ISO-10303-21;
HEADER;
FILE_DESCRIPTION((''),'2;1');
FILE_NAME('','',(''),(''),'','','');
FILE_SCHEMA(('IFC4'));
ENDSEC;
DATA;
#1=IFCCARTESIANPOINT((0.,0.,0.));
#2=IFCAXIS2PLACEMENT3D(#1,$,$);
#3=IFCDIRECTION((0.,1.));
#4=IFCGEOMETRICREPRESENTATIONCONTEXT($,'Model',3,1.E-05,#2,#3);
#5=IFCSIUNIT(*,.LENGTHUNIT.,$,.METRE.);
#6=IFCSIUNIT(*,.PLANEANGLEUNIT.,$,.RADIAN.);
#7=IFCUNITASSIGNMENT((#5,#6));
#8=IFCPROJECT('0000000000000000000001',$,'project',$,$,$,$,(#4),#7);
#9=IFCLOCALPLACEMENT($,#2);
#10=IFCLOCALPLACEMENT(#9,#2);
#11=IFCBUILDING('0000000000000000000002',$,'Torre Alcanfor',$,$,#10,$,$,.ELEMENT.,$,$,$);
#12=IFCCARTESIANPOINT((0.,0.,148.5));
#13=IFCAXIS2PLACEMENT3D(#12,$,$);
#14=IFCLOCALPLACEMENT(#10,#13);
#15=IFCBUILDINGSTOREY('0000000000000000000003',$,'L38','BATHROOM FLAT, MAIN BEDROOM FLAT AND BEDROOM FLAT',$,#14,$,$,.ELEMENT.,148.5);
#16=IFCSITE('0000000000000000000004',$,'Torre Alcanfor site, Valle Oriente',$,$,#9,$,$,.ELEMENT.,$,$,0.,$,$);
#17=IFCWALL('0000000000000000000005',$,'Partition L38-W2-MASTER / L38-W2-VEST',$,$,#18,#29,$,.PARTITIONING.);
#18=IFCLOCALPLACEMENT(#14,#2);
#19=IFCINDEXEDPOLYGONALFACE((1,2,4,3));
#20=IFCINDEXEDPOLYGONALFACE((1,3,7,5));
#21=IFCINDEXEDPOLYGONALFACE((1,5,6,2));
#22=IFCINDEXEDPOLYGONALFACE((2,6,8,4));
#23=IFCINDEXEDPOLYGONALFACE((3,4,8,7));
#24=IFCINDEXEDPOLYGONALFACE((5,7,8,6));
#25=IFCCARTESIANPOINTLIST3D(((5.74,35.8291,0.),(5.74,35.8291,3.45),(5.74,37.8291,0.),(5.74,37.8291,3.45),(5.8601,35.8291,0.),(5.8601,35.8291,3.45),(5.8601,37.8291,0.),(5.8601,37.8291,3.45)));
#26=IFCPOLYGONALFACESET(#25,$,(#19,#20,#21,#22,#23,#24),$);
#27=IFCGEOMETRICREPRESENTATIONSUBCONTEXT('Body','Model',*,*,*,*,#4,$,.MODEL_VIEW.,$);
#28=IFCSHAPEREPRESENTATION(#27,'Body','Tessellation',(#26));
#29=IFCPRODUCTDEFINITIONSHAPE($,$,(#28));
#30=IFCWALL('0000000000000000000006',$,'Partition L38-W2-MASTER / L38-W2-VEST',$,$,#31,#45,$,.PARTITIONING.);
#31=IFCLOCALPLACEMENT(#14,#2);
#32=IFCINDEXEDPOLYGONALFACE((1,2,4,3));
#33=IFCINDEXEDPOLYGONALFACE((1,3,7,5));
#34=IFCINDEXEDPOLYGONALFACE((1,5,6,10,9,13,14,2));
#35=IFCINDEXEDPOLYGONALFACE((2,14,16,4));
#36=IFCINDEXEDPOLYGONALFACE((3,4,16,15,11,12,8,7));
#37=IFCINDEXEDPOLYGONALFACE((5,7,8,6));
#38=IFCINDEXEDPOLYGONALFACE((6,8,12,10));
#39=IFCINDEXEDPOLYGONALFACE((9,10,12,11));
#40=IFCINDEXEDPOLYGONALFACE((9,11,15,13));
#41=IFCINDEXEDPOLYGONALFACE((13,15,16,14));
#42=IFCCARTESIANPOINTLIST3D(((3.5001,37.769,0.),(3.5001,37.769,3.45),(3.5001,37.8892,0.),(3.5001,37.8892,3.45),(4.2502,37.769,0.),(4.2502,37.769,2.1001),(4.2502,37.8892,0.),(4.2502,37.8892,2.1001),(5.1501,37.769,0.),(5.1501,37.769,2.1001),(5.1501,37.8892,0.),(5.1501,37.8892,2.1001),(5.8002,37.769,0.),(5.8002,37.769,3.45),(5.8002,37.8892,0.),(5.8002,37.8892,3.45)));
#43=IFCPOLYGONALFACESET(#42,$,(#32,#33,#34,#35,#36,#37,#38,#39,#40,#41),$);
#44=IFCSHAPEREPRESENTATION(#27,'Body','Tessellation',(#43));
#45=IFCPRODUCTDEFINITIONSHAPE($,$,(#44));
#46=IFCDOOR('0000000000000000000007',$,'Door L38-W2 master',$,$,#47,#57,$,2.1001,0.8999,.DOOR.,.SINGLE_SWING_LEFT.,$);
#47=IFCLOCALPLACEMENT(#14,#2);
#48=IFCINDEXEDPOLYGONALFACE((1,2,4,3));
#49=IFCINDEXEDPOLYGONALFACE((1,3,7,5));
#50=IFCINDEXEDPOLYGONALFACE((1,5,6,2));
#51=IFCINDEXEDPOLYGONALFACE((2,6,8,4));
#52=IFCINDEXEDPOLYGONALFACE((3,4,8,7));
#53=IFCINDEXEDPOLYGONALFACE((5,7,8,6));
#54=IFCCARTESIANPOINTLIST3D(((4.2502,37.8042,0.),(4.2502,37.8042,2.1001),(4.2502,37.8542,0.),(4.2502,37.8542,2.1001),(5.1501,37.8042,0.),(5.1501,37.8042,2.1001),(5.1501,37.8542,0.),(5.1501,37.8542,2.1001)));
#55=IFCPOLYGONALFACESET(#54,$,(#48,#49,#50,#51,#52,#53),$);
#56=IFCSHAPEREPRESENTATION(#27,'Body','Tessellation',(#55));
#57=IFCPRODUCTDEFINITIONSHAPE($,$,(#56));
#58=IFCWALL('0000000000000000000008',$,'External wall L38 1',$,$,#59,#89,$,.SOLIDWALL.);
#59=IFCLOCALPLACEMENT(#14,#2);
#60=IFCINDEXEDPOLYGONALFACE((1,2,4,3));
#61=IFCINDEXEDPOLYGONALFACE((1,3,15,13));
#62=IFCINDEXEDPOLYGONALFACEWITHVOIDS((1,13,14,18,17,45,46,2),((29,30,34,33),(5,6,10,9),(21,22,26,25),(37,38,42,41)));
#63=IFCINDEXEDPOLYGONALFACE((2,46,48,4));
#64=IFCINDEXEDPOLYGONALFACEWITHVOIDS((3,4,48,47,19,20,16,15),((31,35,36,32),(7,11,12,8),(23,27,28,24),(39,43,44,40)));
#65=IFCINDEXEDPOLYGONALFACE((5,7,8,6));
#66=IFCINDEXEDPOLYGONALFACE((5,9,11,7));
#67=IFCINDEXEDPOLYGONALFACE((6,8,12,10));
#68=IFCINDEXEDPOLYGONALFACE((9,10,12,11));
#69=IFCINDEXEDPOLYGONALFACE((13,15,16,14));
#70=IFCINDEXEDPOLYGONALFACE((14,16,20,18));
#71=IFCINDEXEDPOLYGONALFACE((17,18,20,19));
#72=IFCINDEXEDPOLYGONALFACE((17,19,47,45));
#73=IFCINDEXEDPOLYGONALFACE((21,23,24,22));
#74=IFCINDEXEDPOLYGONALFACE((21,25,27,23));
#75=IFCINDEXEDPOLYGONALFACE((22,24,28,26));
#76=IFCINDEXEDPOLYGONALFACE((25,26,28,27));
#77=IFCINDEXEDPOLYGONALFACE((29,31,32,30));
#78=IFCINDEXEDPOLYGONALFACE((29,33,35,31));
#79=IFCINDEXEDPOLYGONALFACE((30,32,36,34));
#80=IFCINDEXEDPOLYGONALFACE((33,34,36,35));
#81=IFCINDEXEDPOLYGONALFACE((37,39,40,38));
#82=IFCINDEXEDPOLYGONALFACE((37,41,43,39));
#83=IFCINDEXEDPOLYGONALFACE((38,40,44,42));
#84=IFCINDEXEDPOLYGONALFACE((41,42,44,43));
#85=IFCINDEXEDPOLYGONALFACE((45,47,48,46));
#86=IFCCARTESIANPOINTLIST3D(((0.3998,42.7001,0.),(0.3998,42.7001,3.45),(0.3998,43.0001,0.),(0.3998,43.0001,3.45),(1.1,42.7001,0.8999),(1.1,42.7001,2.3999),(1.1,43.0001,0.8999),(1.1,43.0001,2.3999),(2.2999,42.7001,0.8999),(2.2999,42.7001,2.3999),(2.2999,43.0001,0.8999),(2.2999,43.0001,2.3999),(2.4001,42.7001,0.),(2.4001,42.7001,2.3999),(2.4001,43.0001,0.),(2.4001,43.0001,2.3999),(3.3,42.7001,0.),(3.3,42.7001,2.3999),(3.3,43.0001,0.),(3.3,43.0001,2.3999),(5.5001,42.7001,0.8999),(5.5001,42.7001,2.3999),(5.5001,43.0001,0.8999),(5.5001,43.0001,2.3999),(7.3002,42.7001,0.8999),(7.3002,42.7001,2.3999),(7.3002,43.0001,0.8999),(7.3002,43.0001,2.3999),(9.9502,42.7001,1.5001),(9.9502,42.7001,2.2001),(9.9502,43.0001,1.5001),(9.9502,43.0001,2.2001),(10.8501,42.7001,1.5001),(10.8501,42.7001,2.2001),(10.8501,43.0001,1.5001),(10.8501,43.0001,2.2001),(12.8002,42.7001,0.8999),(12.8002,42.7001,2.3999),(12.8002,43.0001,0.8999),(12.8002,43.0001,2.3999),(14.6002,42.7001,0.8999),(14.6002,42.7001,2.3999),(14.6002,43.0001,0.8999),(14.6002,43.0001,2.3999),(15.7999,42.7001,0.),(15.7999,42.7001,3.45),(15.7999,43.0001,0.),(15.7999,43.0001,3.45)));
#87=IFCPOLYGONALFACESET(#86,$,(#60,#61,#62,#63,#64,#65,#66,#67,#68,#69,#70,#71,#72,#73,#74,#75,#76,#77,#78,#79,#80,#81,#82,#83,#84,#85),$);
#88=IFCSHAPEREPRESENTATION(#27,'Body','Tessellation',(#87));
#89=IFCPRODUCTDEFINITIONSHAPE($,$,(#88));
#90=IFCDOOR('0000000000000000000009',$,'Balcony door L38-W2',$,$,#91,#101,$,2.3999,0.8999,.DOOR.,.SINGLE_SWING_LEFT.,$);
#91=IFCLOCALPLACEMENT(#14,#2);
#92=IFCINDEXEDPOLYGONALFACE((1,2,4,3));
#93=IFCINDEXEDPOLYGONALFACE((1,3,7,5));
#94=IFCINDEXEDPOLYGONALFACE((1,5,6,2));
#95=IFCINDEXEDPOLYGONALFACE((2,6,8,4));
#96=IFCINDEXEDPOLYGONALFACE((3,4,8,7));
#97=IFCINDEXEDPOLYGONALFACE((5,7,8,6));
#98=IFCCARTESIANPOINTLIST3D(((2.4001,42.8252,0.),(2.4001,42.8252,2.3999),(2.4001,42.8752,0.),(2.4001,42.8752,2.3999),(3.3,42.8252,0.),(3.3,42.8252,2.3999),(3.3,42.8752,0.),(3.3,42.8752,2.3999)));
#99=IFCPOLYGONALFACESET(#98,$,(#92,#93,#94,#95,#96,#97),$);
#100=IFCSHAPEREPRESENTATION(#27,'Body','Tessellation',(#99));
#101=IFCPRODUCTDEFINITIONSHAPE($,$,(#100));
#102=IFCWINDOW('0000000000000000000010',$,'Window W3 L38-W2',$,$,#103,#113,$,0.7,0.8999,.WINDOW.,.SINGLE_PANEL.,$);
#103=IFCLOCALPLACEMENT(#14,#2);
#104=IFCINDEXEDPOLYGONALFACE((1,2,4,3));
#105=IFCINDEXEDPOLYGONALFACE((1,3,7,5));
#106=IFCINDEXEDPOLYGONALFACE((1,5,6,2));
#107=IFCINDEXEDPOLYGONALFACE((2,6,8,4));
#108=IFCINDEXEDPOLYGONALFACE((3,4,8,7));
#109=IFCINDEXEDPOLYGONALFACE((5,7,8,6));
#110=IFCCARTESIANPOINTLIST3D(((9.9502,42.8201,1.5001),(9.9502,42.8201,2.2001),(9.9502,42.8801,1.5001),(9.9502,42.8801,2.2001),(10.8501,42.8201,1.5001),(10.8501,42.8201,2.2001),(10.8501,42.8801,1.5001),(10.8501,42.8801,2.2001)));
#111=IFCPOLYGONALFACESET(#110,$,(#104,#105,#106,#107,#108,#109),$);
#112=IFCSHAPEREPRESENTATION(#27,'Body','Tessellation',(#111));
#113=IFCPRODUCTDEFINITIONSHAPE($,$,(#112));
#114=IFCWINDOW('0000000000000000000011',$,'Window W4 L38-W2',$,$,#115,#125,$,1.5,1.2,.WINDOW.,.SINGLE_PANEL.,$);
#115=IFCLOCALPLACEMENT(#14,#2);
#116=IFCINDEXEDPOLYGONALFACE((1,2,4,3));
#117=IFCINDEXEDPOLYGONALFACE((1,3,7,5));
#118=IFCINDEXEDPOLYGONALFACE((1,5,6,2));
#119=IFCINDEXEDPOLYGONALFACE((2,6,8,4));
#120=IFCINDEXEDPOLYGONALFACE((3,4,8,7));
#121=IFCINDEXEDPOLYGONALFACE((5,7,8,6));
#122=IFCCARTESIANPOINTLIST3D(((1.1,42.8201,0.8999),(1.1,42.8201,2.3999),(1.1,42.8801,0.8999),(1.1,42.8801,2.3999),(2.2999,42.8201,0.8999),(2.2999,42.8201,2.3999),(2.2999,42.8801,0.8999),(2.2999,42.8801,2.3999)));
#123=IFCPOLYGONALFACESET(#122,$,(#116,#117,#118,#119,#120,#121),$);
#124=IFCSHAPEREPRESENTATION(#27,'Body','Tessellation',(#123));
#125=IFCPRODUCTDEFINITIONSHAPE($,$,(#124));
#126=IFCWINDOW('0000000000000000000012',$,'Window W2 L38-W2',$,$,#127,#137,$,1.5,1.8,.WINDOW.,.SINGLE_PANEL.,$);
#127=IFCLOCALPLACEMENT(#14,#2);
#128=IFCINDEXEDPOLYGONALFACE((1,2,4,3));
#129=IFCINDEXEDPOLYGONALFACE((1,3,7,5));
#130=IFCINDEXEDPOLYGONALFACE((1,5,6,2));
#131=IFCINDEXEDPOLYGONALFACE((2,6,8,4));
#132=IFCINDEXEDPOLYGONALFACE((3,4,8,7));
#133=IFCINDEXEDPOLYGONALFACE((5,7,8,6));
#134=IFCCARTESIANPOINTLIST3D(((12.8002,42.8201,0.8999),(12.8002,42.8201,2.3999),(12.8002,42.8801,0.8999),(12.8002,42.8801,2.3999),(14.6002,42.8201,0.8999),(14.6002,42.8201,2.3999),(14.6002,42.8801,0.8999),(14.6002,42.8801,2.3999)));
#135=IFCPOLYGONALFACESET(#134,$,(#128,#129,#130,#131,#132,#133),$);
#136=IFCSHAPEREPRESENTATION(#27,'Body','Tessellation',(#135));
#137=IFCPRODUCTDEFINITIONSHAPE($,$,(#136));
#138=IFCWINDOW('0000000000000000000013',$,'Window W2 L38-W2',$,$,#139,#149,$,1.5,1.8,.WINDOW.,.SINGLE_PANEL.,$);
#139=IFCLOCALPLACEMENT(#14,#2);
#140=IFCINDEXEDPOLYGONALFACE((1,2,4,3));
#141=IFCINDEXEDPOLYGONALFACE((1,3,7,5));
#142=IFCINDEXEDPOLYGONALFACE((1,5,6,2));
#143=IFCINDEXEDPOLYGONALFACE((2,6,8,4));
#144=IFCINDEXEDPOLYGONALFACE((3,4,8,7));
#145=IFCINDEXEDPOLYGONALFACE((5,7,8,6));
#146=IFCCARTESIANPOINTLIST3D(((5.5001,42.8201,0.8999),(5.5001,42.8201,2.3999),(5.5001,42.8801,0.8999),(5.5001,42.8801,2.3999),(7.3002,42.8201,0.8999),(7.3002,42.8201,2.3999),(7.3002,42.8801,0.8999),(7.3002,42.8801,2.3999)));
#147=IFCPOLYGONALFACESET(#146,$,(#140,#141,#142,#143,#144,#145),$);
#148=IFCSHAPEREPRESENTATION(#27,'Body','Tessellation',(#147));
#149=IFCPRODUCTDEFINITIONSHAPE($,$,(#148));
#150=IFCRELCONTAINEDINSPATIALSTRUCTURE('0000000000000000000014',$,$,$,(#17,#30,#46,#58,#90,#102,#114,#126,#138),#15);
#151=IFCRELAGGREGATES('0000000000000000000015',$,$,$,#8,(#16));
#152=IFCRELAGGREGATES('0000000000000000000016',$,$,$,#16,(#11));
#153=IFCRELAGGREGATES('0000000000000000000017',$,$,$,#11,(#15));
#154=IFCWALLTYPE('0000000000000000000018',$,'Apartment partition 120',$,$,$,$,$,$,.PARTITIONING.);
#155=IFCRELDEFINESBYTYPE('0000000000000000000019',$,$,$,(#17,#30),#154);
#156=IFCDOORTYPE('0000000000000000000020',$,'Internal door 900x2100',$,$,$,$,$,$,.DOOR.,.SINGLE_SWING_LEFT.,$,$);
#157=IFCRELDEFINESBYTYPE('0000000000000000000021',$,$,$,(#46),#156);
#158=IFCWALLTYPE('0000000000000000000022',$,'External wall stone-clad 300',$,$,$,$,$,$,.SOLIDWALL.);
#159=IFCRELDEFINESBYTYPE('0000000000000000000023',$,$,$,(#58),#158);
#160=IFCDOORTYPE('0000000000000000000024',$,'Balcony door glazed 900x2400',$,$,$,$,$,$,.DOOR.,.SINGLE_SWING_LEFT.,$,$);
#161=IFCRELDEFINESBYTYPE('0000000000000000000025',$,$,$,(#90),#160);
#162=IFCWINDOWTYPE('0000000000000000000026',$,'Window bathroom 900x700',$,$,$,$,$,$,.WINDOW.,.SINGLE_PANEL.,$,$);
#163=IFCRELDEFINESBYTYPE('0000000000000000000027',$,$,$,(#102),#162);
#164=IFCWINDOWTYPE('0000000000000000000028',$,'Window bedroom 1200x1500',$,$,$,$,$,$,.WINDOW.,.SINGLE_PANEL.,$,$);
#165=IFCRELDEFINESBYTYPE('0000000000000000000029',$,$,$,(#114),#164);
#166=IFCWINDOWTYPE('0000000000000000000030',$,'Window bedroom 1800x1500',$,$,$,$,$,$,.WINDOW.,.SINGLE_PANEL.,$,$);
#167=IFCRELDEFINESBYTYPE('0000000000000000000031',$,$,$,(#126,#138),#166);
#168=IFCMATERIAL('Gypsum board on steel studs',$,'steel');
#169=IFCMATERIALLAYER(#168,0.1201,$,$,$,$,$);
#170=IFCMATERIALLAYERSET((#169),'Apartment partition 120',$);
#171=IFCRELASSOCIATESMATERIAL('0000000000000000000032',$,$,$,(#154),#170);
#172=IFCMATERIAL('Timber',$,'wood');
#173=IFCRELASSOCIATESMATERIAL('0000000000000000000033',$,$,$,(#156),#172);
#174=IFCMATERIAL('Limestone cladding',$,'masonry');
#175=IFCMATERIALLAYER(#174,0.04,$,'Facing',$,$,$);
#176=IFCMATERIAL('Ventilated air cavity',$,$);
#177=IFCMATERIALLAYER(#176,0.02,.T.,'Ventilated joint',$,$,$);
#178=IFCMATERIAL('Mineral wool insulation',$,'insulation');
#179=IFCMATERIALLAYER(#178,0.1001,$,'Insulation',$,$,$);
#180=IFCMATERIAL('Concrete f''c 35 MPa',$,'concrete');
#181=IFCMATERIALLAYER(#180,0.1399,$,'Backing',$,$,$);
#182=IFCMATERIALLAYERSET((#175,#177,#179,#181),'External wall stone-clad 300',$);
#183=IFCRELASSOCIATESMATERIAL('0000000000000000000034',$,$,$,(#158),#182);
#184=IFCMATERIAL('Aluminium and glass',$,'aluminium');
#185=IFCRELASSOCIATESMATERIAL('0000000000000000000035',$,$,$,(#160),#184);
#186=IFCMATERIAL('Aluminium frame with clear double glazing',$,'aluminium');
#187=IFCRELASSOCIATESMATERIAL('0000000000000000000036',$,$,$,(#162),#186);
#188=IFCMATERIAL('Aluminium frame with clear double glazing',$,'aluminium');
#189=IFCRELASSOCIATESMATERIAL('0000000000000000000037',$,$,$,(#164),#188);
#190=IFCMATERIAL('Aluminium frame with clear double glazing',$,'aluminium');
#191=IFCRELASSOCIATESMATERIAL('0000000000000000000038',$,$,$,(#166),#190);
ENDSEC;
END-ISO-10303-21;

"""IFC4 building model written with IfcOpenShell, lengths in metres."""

from ifc_helpers import new_model, si_unit, direction, frame, frame_2d, origin, place, context, subcontext, project, spatial, rectangle, extrude, material, layer, layer_set, type_object, element, fill, save


model = new_model("IFC4")

# Units and contexts
model_context = context("Model", 3, precision=1e-05, world=origin(), true_north=direction((0.0, 1.0)))
body_context = subcontext(model_context, "Body", "Model", "MODEL_VIEW")
ifc_project = project(units=[si_unit("LENGTHUNIT", "METRE"), si_unit("PLANEANGLEUNIT", "RADIAN")], contexts=[model_context])

# Site, building, storey
site_placement = place(None, origin())
site = spatial("IfcSite", under=ifc_project, at=site_placement, Name="Torre Alcanfor site, Valle Oriente", CompositionType="ELEMENT", RefElevation=0.0)
building_placement = place(site_placement, origin())
building = spatial("IfcBuilding", under=site, at=building_placement, Name="Torre Alcanfor", CompositionType="ELEMENT")
storey_placement = place(building_placement, frame((0.0, 0.0, 148.5)))
storey = spatial("IfcBuildingStorey", under=building, at=storey_placement, Name="L38", Description="BATHROOM FLAT, MAIN BEDROOM FLAT AND BEDROOM FLAT", CompositionType="ELEMENT", Elevation=148.5)

# Shared definitions
ifc_material_1 = material(Name="Gypsum board on steel studs", Category="steel")
ifc_layer_1 = layer(ifc_material_1, 0.1201)
ifc_layer_set_1 = layer_set([ifc_layer_1], Name="Apartment partition 120")
wall_type_1 = type_object("IfcWallType", Name="Apartment partition 120", PredefinedType="PARTITIONING", material=ifc_layer_set_1)
ifc_material_2 = material(Name="Timber", Category="wood")
door_type_1 = type_object("IfcDoorType", Name="Internal door 900x2100", OperationType="SINGLE_SWING_LEFT", PredefinedType="DOOR", material=ifc_material_2)

# Wall
wall_1_placement = place(storey_placement, frame((5.8, 35.8291, 0.0), z_axis=(0.0, 0.0, 1.0), x_axis=(0.0, 1.0, 0.0)))
element("IfcWall", 1, at=wall_1_placement, inside=storey, type_object=wall_type_1, Name="Partition L38-W2-MASTER / L38-W2-VEST", PredefinedType="PARTITIONING", context=body_context, shape_type="SweptSolid", body=[
    extrude(rectangle(XDim=2.0, YDim=0.1201, at=frame_2d((1.0, 0.0))), origin(), (0.0, 0.0, 1.0), 3.45),
])

# Wall, opening, door
wall_2_placement = place(storey_placement, frame((5.8, 37.8291, 0.0), z_axis=(0.0, 0.0, 1.0), x_axis=(-1.0, 0.0, 0.0)))
wall_2 = element("IfcWall", 2, at=wall_2_placement, inside=storey, type_object=wall_type_1, Name="Partition L38-W2-MASTER / L38-W2-VEST", PredefinedType="PARTITIONING", context=body_context, shape_type="SweptSolid", body=[
    extrude(rectangle(XDim=2.3, YDim=0.1201, at=frame_2d((1.1499, 0.0))), origin(), (0.0, 0.0, 1.0), 3.45),
])
opening_1_placement = place(wall_2_placement, frame((0.6499, 0.0, 0.0)))
opening_1 = element("IfcOpeningElement", 3, at=opening_1_placement, cuts=wall_2, PredefinedType="OPENING", context=body_context, shape_type="SweptSolid", body=[
    extrude(rectangle(XDim=0.8999, YDim=2.1001, at=frame_2d((0.45, 1.05))), frame((0.0, 0.0701, 0.0), z_axis=(0.0, -1.0, 0.0), x_axis=(1.0, 0.0, 0.0)), (0.0, 0.0, 1.0), 0.1401),
])
door_1_placement = place(opening_1_placement, origin())
door_1 = element("IfcDoor", 4, at=door_1_placement, inside=storey, type_object=door_type_1, Name="Door L38-W2 master", OperationType="SINGLE_SWING_LEFT", OverallHeight=2.1001, OverallWidth=0.8999, PredefinedType="DOOR", context=body_context, shape_type="SweptSolid", body=[
    extrude(rectangle(XDim=0.8999, YDim=2.1001, at=frame_2d((0.45, 1.05))), frame((0.0, 0.0249, 0.0), z_axis=(0.0, -1.0, 0.0), x_axis=(1.0, 0.0, 0.0)), (0.0, 0.0, 1.0), 0.05),
])
fill(opening_1, door_1)

# Wall, openings, door, windows
ifc_material_3 = material(Name="Limestone cladding", Category="masonry")
ifc_layer_2 = layer(ifc_material_3, 0.04, Name="Facing")
ifc_material_4 = material(Name="Ventilated air cavity")
ifc_layer_3 = layer(ifc_material_4, 0.02, ventilated=True, Name="Ventilated joint")
ifc_material_5 = material(Name="Mineral wool insulation", Category="insulation")
ifc_layer_4 = layer(ifc_material_5, 0.1001, Name="Insulation")
ifc_material_6 = material(Name="Concrete f'c 35 MPa", Category="concrete")
ifc_layer_5 = layer(ifc_material_6, 0.1399, Name="Backing")
ifc_layer_set_2 = layer_set([ifc_layer_2, ifc_layer_3, ifc_layer_4, ifc_layer_5], Name="External wall stone-clad 300")
wall_type_2 = type_object("IfcWallType", Name="External wall stone-clad 300", PredefinedType="SOLIDWALL", material=ifc_layer_set_2)
wall_3_placement = place(storey_placement, frame((15.8, 42.8501, 0.0), z_axis=(0.0, 0.0, 1.0), x_axis=(-1.0, 0.0, 0.0)))
wall_3 = element("IfcWall", 5, at=wall_3_placement, inside=storey, type_object=wall_type_2, Name="External wall L38 1", PredefinedType="SOLIDWALL", context=body_context, shape_type="SweptSolid", body=[
    extrude(rectangle(XDim=15.4001, YDim=0.3, at=frame_2d((7.7002, 0.0))), origin(), (0.0, 0.0, 1.0), 3.45),
])
opening_2_placement = place(wall_3_placement, frame((1.2, 0.0, 0.8999)))
opening_2 = element("IfcOpeningElement", 6, at=opening_2_placement, cuts=wall_3, PredefinedType="OPENING", context=body_context, shape_type="SweptSolid", body=[
    extrude(rectangle(XDim=1.8, YDim=1.5, at=frame_2d((0.8999, 0.75))), frame((0.0, 0.1599, 0.0), z_axis=(0.0, -1.0, 0.0), x_axis=(1.0, 0.0, 0.0)), (0.0, 0.0, 1.0), 0.3201),
])
opening_3_placement = place(wall_3_placement, frame((4.95, 0.0, 1.5)))
opening_3 = element("IfcOpeningElement", 7, at=opening_3_placement, cuts=wall_3, PredefinedType="OPENING", context=body_context, shape_type="SweptSolid", body=[
    extrude(rectangle(XDim=0.8999, YDim=0.7, at=frame_2d((0.45, 0.3501))), frame((0.0, 0.1599, 0.0), z_axis=(0.0, -1.0, 0.0), x_axis=(1.0, 0.0, 0.0)), (0.0, 0.0, 1.0), 0.3201),
])
opening_4_placement = place(wall_3_placement, frame((8.5, 0.0, 0.8999)))
opening_4 = element("IfcOpeningElement", 8, at=opening_4_placement, cuts=wall_3, PredefinedType="OPENING", context=body_context, shape_type="SweptSolid", body=[
    extrude(rectangle(XDim=1.8, YDim=1.5, at=frame_2d((0.8999, 0.75))), frame((0.0, 0.1599, 0.0), z_axis=(0.0, -1.0, 0.0), x_axis=(1.0, 0.0, 0.0)), (0.0, 0.0, 1.0), 0.3201),
])
opening_5_placement = place(wall_3_placement, frame((12.5, 0.0, 0.0)))
opening_5 = element("IfcOpeningElement", 9, at=opening_5_placement, cuts=wall_3, PredefinedType="OPENING", context=body_context, shape_type="SweptSolid", body=[
    extrude(rectangle(XDim=0.8999, YDim=2.3999, at=frame_2d((0.45, 1.2))), frame((0.0, 0.1599, 0.0), z_axis=(0.0, -1.0, 0.0), x_axis=(1.0, 0.0, 0.0)), (0.0, 0.0, 1.0), 0.3201),
])
opening_6_placement = place(wall_3_placement, frame((13.5, 0.0, 0.8999)))
opening_6 = element("IfcOpeningElement", 10, at=opening_6_placement, cuts=wall_3, PredefinedType="OPENING", context=body_context, shape_type="SweptSolid", body=[
    extrude(rectangle(XDim=1.2, YDim=1.5, at=frame_2d((0.6001, 0.75))), frame((0.0, 0.1599, 0.0), z_axis=(0.0, -1.0, 0.0), x_axis=(1.0, 0.0, 0.0)), (0.0, 0.0, 1.0), 0.3201),
])
ifc_material_7 = material(Name="Aluminium and glass", Category="aluminium")
door_type_2 = type_object("IfcDoorType", Name="Balcony door glazed 900x2400", OperationType="SINGLE_SWING_LEFT", PredefinedType="DOOR", material=ifc_material_7)
door_2_placement = place(opening_5_placement, origin())
door_2 = element("IfcDoor", 11, at=door_2_placement, inside=storey, type_object=door_type_2, Name="Balcony door L38-W2", OperationType="SINGLE_SWING_LEFT", OverallHeight=2.3999, OverallWidth=0.8999, PredefinedType="DOOR", context=body_context, shape_type="SweptSolid", body=[
    extrude(rectangle(XDim=0.8999, YDim=2.3999, at=frame_2d((0.45, 1.2))), frame((0.0, 0.0249, 0.0), z_axis=(0.0, -1.0, 0.0), x_axis=(1.0, 0.0, 0.0)), (0.0, 0.0, 1.0), 0.05),
])
fill(opening_5, door_2)
ifc_material_8 = material(Name="Aluminium frame with clear double glazing", Category="aluminium")
window_type_1 = type_object("IfcWindowType", Name="Window bathroom 900x700", PartitioningType="SINGLE_PANEL", PredefinedType="WINDOW", material=ifc_material_8)
window_1_placement = place(opening_3_placement, origin())
window_1 = element("IfcWindow", 12, at=window_1_placement, inside=storey, type_object=window_type_1, Name="Window W3 L38-W2", OverallHeight=0.7, OverallWidth=0.8999, PartitioningType="SINGLE_PANEL", PredefinedType="WINDOW", context=body_context, shape_type="SweptSolid", body=[
    extrude(rectangle(XDim=0.8999, YDim=0.7, at=frame_2d((0.45, 0.3501))), frame((0.0, 0.03, 0.0), z_axis=(0.0, -1.0, 0.0), x_axis=(1.0, 0.0, 0.0)), (0.0, 0.0, 1.0), 0.0601),
])
fill(opening_3, window_1)
ifc_material_9 = material(Name="Aluminium frame with clear double glazing", Category="aluminium")
window_type_2 = type_object("IfcWindowType", Name="Window bedroom 1200x1500", PartitioningType="SINGLE_PANEL", PredefinedType="WINDOW", material=ifc_material_9)
window_2_placement = place(opening_6_placement, origin())
window_2 = element("IfcWindow", 13, at=window_2_placement, inside=storey, type_object=window_type_2, Name="Window W4 L38-W2", OverallHeight=1.5, OverallWidth=1.2, PartitioningType="SINGLE_PANEL", PredefinedType="WINDOW", context=body_context, shape_type="SweptSolid", body=[
    extrude(rectangle(XDim=1.2, YDim=1.5, at=frame_2d((0.6001, 0.75))), frame((0.0, 0.03, 0.0), z_axis=(0.0, -1.0, 0.0), x_axis=(1.0, 0.0, 0.0)), (0.0, 0.0, 1.0), 0.0601),
])
fill(opening_6, window_2)
ifc_material_10 = material(Name="Aluminium frame with clear double glazing", Category="aluminium")
window_type_3 = type_object("IfcWindowType", Name="Window bedroom 1800x1500", PartitioningType="SINGLE_PANEL", PredefinedType="WINDOW", material=ifc_material_10)
window_3_placement = place(opening_2_placement, origin())
window_3 = element("IfcWindow", 14, at=window_3_placement, inside=storey, type_object=window_type_3, Name="Window W2 L38-W2", OverallHeight=1.5, OverallWidth=1.8, PartitioningType="SINGLE_PANEL", PredefinedType="WINDOW", context=body_context, shape_type="SweptSolid", body=[
    extrude(rectangle(XDim=1.8, YDim=1.5, at=frame_2d((0.8999, 0.75))), frame((0.0, 0.03, 0.0), z_axis=(0.0, -1.0, 0.0), x_axis=(1.0, 0.0, 0.0)), (0.0, 0.0, 1.0), 0.0601),
])
fill(opening_2, window_3)
window_4_placement = place(opening_4_placement, origin())
window_4 = element("IfcWindow", 15, at=window_4_placement, inside=storey, type_object=window_type_3, Name="Window W2 L38-W2", OverallHeight=1.5, OverallWidth=1.8, PartitioningType="SINGLE_PANEL", PredefinedType="WINDOW", context=body_context, shape_type="SweptSolid", body=[
    extrude(rectangle(XDim=1.8, YDim=1.5, at=frame_2d((0.8999, 0.75))), frame((0.0, 0.03, 0.0), z_axis=(0.0, -1.0, 0.0), x_axis=(1.0, 0.0, 0.0)), (0.0, 0.0, 1.0), 0.0601),
])
fill(opening_4, window_4)

save(model, "model.ifc")
